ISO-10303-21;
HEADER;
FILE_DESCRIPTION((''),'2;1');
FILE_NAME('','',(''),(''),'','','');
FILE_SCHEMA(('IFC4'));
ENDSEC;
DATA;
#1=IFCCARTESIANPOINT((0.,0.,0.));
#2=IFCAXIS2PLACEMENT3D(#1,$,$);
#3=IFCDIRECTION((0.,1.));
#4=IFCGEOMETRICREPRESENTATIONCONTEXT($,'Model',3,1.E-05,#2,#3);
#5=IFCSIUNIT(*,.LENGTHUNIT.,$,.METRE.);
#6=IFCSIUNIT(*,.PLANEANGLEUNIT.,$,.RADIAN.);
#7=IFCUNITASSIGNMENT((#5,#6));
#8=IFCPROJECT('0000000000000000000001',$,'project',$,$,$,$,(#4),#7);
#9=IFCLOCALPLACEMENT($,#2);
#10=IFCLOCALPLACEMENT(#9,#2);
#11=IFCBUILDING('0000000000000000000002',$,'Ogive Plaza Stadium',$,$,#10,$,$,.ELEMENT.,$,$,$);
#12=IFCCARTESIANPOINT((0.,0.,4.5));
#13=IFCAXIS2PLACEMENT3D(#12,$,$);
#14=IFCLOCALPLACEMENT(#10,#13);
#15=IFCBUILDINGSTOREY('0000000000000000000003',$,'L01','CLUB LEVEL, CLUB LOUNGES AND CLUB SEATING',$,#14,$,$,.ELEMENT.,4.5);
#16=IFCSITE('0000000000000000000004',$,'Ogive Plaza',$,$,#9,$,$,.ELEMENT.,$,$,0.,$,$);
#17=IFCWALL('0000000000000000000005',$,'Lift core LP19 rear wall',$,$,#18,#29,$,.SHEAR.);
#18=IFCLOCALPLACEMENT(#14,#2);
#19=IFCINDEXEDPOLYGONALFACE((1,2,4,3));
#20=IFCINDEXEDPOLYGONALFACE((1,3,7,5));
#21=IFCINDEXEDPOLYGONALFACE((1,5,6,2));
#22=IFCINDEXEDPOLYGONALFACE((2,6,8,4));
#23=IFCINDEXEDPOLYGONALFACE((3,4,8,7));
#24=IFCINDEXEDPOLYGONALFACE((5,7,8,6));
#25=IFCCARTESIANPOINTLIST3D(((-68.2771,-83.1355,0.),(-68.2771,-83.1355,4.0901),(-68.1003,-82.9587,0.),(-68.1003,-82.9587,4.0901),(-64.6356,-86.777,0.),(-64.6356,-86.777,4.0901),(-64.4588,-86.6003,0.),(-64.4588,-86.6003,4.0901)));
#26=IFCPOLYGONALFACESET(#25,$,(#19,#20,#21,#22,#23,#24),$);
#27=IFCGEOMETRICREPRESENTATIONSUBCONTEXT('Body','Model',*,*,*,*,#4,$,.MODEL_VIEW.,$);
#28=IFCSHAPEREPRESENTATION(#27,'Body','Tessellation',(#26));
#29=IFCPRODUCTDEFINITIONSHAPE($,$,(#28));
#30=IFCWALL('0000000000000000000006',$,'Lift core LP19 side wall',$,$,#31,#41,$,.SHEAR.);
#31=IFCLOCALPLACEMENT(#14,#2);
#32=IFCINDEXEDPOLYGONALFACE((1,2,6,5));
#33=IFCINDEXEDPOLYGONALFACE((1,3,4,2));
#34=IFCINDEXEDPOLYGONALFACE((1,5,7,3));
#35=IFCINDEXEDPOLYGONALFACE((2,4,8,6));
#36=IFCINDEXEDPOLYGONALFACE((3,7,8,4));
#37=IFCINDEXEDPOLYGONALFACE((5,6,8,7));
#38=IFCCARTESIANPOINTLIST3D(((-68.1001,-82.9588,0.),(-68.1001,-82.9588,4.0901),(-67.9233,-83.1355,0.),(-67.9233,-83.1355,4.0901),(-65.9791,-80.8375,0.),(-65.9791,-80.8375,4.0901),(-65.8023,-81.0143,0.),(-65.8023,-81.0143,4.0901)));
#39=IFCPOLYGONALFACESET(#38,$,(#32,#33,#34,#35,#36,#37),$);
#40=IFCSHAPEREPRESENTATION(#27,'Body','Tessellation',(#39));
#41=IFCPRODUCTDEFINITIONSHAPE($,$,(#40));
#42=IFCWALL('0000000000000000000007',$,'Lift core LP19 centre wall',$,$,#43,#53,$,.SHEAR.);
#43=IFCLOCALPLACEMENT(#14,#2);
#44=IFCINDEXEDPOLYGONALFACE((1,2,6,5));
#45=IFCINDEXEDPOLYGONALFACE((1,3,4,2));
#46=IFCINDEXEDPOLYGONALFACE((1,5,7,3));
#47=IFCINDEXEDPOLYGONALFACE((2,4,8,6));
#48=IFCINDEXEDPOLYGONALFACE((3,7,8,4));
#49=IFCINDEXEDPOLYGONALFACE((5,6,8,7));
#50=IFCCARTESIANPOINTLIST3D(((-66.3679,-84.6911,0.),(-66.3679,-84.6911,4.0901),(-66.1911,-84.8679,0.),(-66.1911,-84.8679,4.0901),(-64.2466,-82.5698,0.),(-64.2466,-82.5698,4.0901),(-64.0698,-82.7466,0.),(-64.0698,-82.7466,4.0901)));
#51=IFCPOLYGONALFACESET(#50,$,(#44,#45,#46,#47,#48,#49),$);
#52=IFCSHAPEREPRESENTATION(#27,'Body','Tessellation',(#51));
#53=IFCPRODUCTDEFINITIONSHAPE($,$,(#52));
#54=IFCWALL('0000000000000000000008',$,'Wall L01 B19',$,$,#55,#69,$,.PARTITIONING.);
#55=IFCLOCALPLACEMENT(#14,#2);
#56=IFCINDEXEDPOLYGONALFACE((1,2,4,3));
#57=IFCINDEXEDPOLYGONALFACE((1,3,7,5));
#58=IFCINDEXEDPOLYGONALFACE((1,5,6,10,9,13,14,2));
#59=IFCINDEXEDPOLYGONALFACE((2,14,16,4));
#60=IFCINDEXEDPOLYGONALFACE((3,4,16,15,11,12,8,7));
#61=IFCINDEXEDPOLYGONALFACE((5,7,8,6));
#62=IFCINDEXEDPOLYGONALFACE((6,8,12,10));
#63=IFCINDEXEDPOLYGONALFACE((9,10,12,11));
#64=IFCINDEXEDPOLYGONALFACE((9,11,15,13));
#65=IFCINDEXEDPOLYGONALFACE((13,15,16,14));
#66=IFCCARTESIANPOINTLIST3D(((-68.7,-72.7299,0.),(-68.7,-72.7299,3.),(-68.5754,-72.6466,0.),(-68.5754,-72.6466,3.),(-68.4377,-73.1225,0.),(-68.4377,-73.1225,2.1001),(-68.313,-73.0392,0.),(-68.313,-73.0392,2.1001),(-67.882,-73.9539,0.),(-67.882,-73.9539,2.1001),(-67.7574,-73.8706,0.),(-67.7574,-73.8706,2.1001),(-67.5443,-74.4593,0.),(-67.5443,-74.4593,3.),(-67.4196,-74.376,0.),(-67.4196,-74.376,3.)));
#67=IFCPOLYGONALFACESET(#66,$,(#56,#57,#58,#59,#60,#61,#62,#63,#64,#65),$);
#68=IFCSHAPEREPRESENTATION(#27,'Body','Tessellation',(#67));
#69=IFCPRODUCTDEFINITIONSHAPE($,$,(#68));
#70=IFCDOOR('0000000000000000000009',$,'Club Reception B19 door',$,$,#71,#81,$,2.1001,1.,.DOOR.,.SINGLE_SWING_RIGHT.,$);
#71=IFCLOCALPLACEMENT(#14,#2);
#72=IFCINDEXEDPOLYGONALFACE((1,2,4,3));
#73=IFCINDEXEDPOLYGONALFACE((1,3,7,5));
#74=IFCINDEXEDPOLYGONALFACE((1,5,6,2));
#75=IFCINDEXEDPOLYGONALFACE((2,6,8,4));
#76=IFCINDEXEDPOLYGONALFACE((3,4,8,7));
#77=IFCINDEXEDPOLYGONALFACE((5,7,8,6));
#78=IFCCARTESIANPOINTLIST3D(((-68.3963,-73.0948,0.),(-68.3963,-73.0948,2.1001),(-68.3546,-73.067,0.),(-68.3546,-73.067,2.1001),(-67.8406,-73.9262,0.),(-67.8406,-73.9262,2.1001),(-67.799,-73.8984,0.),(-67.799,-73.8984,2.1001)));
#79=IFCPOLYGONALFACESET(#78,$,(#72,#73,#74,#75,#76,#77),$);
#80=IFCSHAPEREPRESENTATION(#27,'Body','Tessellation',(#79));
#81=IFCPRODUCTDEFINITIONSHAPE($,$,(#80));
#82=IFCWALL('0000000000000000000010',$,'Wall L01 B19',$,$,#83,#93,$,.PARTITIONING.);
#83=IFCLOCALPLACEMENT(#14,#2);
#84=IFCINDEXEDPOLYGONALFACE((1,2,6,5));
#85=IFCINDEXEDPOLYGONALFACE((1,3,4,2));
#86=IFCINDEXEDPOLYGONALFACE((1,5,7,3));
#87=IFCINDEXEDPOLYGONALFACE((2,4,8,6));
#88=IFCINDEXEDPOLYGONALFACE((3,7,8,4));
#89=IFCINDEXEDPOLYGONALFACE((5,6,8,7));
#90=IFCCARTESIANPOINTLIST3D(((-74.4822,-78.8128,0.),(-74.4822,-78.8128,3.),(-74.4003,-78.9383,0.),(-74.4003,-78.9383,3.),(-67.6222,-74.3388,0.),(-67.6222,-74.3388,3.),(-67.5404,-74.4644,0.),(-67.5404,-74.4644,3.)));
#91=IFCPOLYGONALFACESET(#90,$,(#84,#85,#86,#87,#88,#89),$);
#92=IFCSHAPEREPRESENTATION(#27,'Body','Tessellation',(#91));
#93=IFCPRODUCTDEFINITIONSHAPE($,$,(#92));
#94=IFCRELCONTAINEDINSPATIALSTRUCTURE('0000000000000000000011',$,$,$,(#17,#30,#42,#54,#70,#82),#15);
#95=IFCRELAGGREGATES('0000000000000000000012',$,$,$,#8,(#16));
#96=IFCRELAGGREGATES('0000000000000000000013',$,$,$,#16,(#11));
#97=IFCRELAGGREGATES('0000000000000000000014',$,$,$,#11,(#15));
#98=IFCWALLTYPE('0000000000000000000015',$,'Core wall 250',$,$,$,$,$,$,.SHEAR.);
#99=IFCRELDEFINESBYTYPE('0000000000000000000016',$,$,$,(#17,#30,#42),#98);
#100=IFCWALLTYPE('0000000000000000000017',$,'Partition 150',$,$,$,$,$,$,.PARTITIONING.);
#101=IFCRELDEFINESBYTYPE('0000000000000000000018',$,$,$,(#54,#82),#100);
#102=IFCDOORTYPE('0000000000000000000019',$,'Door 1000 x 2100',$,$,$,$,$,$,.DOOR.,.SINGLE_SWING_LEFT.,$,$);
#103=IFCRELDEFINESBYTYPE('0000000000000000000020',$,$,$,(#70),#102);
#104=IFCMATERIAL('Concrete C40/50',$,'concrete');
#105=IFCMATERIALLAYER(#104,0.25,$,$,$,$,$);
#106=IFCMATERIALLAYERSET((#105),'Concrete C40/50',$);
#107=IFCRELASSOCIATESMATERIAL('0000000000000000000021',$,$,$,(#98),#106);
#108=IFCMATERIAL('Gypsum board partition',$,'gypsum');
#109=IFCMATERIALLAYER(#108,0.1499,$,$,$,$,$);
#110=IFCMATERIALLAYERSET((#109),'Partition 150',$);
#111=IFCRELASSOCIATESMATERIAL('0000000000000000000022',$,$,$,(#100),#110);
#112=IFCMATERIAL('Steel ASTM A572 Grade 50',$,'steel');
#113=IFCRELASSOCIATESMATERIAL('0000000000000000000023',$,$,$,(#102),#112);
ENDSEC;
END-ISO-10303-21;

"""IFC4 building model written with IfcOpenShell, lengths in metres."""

from ifc_helpers import new_model, si_unit, direction, frame, frame_2d, origin, place, context, subcontext, project, spatial, rectangle, extrude, material, layer, layer_set, type_object, element, fill, save


model = new_model("IFC4")

# Units and contexts
model_context = context("Model", 3, precision=1e-05, world=origin(), true_north=direction((0.0, 1.0)))
body_context = subcontext(model_context, "Body", "Model", "MODEL_VIEW")
ifc_project = project(units=[si_unit("LENGTHUNIT", "METRE"), si_unit("PLANEANGLEUNIT", "RADIAN")], contexts=[model_context])

# Site, building, storey
site_placement = place(None, origin())
site = spatial("IfcSite", under=ifc_project, at=site_placement, Name="Ogive Plaza", CompositionType="ELEMENT", RefElevation=0.0)
building_placement = place(site_placement, origin())
building = spatial("IfcBuilding", under=site, at=building_placement, Name="Ogive Plaza Stadium", CompositionType="ELEMENT")
storey_placement = place(building_placement, frame((0.0, 0.0, 4.5)))
storey = spatial("IfcBuildingStorey", under=building, at=storey_placement, Name="L01", Description="CLUB LEVEL, CLUB LOUNGES AND CLUB SEATING", CompositionType="ELEMENT", Elevation=4.5)

# Shared definitions
ifc_material_1 = material(Name="Concrete C40/50", Category="concrete")
ifc_layer_1 = layer(ifc_material_1, 0.25)
ifc_layer_set_1 = layer_set([ifc_layer_1], Name="Concrete C40/50")
wall_type_1 = type_object("IfcWallType", Name="Core wall 250", PredefinedType="SHEAR", material=ifc_layer_set_1)

# Walls
wall_1_placement = place(storey_placement, frame((-68.1887, -83.0471, 0.0), z_axis=(0.0, 0.0, 1.0), x_axis=(0.707107, -0.707107, 0.0)))
element("IfcWall", 1, at=wall_1_placement, inside=storey, type_object=wall_type_1, Name="Lift core LP19 rear wall", PredefinedType="SHEAR", context=body_context, shape_type="SweptSolid", body=[
    extrude(rectangle(XDim=5.1499, YDim=0.25, at=frame_2d((2.575, 0.0))), origin(), (0.0, 0.0, 1.0), 4.0901),
])
wall_2_placement = place(storey_placement, frame((-65.8906, -80.9258, 0.0), z_axis=(0.0, 0.0, 1.0), x_axis=(-0.707066, -0.707147, 0.0)))
element("IfcWall", 2, at=wall_2_placement, inside=storey, type_object=wall_type_1, Name="Lift core LP19 side wall", PredefinedType="SHEAR", context=body_context, shape_type="SweptSolid", body=[
    extrude(rectangle(XDim=2.9998, YDim=0.25, at=frame_2d((1.5, 0.0))), origin(), (0.0, 0.0, 1.0), 4.0901),
])
wall_3_placement = place(storey_placement, frame((-64.1582, -82.6582, 0.0), z_axis=(0.0, 0.0, 1.0), x_axis=(-0.707107, -0.707107, 0.0)))
element("IfcWall", 3, at=wall_3_placement, inside=storey, type_object=wall_type_1, Name="Lift core LP19 centre wall", PredefinedType="SHEAR", context=body_context, shape_type="SweptSolid", body=[
    extrude(rectangle(XDim=3.0, YDim=0.25, at=frame_2d((1.5, 0.0))), origin(), (0.0, 0.0, 1.0), 4.0901),
])

# Wall, opening, door
ifc_material_2 = material(Name="Gypsum board partition", Category="gypsum")
ifc_layer_2 = layer(ifc_material_2, 0.1499)
ifc_layer_set_2 = layer_set([ifc_layer_2], Name="Partition 150")
wall_type_2 = type_object("IfcWallType", Name="Partition 150", PredefinedType="PARTITIONING", material=ifc_layer_set_2)
wall_4_placement = place(storey_placement, frame((-68.6377, -72.6882, 0.0), z_axis=(0.0, 0.0, 1.0), x_axis=(0.555621, -0.831436, 0.0)))
wall_4 = element("IfcWall", 4, at=wall_4_placement, inside=storey, type_object=wall_type_2, Name="Wall L01 B19", PredefinedType="PARTITIONING", context=body_context, shape_type="SweptSolid", body=[
    extrude(rectangle(XDim=2.0801, YDim=0.1499, at=frame_2d((1.04, 0.0))), origin(), (0.0, 0.0, 1.0), 3.0),
])
opening_1_placement = place(wall_4_placement, frame((0.4722, 0.0, 0.0)))
opening_1 = element("IfcOpeningElement", 5, at=opening_1_placement, cuts=wall_4, PredefinedType="OPENING", context=body_context, shape_type="SweptSolid", body=[
    extrude(rectangle(XDim=1.0, YDim=2.1001, at=frame_2d((0.5, 1.05))), frame((0.0, 0.075, 0.0), z_axis=(0.0, -1.0, 0.0), x_axis=(1.0, 0.0, 0.0)), (0.0, 0.0, 1.0), 0.1499),
])
ifc_material_3 = material(Name="Steel ASTM A572 Grade 50", Category="steel")
door_type_1 = type_object("IfcDoorType", Name="Door 1000 x 2100", OperationType="SINGLE_SWING_LEFT", PredefinedType="DOOR", material=ifc_material_3)
door_1_placement = place(opening_1_placement, origin())
door_1 = element("IfcDoor", 6, at=door_1_placement, inside=storey, type_object=door_type_1, Name="Club Reception B19 door", OperationType="SINGLE_SWING_RIGHT", OverallHeight=2.1001, OverallWidth=1.0, PredefinedType="DOOR", context=body_context, shape_type="SweptSolid", body=[
    extrude(rectangle(XDim=1.0, YDim=2.1001, at=frame_2d((0.5, 1.05))), frame((0.0, 0.0249, 0.0), z_axis=(0.0, -1.0, 0.0), x_axis=(1.0, 0.0, 0.0)), (0.0, 0.0, 1.0), 0.05),
])
fill(opening_1, door_1)

# Wall
wall_5_placement = place(storey_placement, frame((-67.5813, -74.4016, 0.0), z_axis=(0.0, 0.0, 1.0), x_axis=(-0.837608, -0.546272, 0.0)))
element("IfcWall", 7, at=wall_5_placement, inside=storey, type_object=wall_type_2, Name="Wall L01 B19", PredefinedType="PARTITIONING", context=body_context, shape_type="SweptSolid", body=[
    extrude(rectangle(XDim=8.1899, YDim=0.1499, at=frame_2d((4.095, 0.0))), origin(), (0.0, 0.0, 1.0), 3.0),
])

save(model, "model.ifc")
